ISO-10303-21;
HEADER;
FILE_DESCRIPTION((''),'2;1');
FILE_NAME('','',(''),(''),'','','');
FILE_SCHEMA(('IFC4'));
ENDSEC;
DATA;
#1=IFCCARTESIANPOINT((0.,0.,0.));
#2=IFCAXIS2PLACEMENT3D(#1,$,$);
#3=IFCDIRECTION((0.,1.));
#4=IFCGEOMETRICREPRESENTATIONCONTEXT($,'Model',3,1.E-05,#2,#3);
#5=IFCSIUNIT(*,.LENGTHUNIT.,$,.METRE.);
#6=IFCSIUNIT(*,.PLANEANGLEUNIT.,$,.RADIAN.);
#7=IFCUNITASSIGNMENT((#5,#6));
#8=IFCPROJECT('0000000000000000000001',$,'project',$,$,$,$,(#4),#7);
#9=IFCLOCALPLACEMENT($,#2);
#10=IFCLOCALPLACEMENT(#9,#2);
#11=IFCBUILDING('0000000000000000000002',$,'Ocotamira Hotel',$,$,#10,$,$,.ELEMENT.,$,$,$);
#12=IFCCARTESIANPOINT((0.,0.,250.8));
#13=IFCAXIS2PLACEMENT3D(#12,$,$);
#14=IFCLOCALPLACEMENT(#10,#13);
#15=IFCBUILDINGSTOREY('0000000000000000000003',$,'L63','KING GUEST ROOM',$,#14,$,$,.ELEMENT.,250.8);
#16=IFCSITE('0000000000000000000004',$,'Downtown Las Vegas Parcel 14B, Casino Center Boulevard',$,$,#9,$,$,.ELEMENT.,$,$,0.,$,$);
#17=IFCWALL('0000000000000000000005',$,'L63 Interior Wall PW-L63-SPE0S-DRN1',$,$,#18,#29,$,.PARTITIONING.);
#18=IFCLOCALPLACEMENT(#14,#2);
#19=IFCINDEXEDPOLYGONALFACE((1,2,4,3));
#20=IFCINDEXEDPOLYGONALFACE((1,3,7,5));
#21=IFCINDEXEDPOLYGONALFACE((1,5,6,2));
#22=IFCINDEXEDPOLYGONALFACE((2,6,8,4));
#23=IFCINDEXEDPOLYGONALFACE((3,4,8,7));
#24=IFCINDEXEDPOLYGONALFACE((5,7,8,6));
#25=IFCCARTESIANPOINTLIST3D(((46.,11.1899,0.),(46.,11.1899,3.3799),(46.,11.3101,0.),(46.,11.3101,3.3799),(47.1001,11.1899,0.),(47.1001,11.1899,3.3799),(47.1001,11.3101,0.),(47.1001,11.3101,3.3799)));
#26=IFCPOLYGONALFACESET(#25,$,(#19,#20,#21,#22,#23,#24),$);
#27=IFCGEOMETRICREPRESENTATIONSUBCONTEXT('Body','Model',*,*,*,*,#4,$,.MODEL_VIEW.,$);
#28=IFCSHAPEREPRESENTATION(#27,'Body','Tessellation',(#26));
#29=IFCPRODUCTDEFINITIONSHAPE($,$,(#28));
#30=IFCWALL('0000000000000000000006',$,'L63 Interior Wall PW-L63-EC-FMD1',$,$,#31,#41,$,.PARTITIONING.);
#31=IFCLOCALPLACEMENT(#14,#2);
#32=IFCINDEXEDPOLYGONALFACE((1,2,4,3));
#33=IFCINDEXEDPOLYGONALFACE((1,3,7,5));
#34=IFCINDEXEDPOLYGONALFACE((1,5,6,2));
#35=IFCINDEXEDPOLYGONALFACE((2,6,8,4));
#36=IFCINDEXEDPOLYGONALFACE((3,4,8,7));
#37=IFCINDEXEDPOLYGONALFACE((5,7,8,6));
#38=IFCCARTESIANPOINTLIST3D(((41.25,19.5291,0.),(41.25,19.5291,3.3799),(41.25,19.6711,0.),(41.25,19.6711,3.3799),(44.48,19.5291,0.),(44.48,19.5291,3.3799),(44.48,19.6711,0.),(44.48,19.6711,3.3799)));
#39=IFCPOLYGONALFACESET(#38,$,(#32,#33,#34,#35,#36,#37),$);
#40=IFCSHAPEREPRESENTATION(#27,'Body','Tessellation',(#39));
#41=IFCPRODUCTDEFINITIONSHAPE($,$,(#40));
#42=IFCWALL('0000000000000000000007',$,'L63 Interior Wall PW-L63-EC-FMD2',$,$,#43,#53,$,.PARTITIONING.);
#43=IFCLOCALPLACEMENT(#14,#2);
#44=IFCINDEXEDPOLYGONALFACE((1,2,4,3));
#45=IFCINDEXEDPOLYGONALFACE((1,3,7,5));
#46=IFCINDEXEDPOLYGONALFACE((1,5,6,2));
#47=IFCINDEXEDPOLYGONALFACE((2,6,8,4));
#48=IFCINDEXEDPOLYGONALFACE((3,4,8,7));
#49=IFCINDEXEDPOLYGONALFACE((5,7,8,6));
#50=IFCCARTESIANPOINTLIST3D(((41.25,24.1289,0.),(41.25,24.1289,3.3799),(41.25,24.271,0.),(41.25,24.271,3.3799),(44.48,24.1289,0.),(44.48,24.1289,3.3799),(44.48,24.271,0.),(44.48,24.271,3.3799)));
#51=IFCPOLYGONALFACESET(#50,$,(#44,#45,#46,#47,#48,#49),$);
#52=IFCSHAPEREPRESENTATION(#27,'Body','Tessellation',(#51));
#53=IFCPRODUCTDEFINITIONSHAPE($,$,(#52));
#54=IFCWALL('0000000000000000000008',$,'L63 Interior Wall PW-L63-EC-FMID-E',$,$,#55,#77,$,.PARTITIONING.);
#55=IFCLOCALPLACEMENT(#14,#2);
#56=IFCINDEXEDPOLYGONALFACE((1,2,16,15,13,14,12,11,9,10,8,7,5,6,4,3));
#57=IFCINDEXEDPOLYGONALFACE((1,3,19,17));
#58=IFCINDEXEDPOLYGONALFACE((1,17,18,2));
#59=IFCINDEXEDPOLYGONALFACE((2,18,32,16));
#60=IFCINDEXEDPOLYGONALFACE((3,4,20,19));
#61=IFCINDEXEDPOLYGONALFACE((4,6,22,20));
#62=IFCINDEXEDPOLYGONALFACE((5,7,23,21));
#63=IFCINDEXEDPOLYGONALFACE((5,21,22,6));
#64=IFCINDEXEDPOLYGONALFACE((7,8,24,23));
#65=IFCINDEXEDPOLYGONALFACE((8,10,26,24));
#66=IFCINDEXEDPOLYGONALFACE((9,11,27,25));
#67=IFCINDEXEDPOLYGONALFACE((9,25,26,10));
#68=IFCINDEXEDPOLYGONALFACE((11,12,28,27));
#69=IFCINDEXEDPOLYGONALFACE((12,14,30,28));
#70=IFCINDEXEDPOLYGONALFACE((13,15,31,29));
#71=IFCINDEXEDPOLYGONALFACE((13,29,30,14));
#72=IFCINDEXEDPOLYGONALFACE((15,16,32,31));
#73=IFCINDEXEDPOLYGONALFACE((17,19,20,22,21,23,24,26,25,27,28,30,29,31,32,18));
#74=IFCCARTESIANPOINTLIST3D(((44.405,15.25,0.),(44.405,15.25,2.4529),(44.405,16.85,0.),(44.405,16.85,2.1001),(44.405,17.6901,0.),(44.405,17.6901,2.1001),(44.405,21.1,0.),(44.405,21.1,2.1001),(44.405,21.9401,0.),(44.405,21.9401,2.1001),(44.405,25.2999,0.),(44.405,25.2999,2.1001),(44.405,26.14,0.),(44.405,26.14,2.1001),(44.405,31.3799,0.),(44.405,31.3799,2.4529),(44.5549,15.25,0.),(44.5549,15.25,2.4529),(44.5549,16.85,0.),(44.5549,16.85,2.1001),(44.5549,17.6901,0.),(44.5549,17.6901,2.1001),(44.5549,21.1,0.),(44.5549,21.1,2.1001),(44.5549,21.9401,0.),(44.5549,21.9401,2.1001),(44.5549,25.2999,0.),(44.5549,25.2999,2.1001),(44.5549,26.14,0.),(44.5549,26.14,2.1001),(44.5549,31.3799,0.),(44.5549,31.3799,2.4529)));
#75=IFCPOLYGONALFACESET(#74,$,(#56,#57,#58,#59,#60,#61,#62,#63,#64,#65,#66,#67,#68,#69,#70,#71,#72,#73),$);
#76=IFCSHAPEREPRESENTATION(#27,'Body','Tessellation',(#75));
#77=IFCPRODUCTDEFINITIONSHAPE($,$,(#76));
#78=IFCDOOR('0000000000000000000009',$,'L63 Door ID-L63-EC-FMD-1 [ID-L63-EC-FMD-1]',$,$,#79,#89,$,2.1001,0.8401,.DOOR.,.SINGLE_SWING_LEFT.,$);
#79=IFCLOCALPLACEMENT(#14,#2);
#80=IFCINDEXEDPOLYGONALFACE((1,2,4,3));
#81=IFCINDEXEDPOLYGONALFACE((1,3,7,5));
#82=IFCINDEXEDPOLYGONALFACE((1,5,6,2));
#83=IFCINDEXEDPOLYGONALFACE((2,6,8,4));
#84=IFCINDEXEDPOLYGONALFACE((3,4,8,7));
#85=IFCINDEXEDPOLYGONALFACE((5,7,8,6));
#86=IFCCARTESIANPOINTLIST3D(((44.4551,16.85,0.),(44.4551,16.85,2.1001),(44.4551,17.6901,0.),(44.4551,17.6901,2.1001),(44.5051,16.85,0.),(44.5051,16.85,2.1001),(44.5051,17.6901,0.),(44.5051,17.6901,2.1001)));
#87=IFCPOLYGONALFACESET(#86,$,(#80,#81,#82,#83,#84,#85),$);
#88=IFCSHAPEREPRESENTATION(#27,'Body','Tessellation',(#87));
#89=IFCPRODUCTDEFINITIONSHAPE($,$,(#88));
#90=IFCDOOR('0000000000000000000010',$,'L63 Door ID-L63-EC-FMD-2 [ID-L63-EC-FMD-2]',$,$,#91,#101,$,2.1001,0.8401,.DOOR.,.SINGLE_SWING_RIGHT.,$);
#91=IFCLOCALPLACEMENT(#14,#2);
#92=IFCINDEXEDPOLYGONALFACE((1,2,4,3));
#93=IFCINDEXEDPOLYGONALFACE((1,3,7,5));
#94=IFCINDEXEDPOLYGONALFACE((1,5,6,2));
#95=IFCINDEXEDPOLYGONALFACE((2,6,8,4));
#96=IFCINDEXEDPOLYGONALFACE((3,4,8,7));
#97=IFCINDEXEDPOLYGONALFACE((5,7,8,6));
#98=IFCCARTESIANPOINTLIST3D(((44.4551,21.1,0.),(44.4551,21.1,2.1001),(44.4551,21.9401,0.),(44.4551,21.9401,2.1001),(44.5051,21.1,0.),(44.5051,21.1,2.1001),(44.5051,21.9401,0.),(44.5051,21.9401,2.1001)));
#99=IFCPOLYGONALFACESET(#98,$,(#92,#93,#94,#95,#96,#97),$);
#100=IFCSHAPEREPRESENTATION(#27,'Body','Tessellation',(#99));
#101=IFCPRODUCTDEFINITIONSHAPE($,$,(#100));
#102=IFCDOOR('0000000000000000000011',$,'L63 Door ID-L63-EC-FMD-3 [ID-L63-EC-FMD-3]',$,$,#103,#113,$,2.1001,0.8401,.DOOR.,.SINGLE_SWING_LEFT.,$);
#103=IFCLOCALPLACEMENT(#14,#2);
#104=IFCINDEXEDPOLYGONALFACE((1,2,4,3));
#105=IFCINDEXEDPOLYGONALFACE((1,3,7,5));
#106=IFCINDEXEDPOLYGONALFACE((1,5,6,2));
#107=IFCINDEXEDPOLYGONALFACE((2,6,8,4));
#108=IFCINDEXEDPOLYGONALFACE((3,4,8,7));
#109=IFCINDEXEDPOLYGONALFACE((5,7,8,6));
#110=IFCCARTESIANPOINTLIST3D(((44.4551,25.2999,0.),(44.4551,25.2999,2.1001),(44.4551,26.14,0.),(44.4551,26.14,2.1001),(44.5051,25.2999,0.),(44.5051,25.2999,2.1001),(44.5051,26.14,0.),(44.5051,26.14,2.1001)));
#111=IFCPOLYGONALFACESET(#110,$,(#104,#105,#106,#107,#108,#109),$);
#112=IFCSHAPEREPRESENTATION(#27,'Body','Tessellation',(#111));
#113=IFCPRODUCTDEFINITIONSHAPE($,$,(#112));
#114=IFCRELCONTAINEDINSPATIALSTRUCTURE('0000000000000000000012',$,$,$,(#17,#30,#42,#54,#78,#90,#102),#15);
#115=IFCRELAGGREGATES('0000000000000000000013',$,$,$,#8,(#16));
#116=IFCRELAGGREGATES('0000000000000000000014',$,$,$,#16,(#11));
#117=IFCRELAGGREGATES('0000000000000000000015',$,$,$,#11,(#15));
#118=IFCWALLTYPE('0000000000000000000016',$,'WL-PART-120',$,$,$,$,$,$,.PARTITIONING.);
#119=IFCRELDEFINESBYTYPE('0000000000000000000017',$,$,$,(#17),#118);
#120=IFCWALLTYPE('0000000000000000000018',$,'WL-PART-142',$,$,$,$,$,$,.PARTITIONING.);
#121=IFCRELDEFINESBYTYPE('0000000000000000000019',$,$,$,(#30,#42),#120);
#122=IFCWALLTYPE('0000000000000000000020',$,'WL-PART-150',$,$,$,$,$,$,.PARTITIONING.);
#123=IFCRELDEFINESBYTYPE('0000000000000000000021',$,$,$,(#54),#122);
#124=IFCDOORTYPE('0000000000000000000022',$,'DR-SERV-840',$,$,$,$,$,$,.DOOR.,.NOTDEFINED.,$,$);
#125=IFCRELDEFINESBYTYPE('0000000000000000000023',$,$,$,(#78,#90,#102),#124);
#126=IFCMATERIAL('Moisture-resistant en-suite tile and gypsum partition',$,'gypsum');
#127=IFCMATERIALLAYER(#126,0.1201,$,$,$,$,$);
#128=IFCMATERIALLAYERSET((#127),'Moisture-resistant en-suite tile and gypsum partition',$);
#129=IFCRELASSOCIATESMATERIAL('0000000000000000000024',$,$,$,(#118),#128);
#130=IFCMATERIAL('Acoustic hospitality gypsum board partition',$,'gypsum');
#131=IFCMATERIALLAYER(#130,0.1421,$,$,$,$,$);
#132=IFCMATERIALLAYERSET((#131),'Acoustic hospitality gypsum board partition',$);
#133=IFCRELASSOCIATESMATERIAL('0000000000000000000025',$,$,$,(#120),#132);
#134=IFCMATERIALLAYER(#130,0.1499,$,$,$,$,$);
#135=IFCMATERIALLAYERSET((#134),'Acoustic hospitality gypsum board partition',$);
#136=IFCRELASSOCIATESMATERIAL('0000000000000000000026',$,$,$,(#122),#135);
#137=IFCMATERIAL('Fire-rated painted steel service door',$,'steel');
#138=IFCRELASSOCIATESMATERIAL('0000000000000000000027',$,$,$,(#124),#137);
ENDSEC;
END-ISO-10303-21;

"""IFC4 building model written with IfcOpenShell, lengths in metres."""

from ifc_helpers import new_model, si_unit, direction, frame, frame_2d, origin, place, context, subcontext, project, spatial, rectangle, extrude, source, transform, mapped, material, layer, layer_set, type_object, element, fill, save


model = new_model("IFC4")

# Units and contexts
model_context = context("Model", 3, precision=1e-05, world=origin(), true_north=direction((0.0, 1.0)))
body_context = subcontext(model_context, "Body", "Model", "MODEL_VIEW")
ifc_project = project(units=[si_unit("LENGTHUNIT", "METRE"), si_unit("PLANEANGLEUNIT", "RADIAN")], contexts=[model_context])

# Site, building, storey
site_placement = place(None, origin())
site = spatial("IfcSite", under=ifc_project, at=site_placement, Name="Downtown Las Vegas Parcel 14B, Casino Center Boulevard", CompositionType="ELEMENT", RefElevation=0.0)
building_placement = place(site_placement, origin())
building = spatial("IfcBuilding", under=site, at=building_placement, Name="Ocotamira Hotel", CompositionType="ELEMENT")
storey_placement = place(building_placement, frame((0.0, 0.0, 250.8)))
storey = spatial("IfcBuildingStorey", under=building, at=storey_placement, Name="L63", Description="KING GUEST ROOM", CompositionType="ELEMENT", Elevation=250.8)

# Shared definitions
ifc_material_1 = material(Name="Moisture-resistant en-suite tile and gypsum partition", Category="gypsum")
ifc_layer_1 = layer(ifc_material_1, 0.1201)
ifc_layer_set_1 = layer_set([ifc_layer_1], Name="Moisture-resistant en-suite tile and gypsum partition")
wall_type_1 = type_object("IfcWallType", Name="WL-PART-120", PredefinedType="PARTITIONING", material=ifc_layer_set_1)

# Walls
wall_1_placement = place(storey_placement, frame((46.0, 11.25, 0.0), z_axis=(0.0, 0.0, 1.0), x_axis=(1.0, 0.0, 0.0)))
element("IfcWall", 1, at=wall_1_placement, inside=storey, type_object=wall_type_1, Name="L63 Interior Wall PW-L63-SPE0S-DRN1", PredefinedType="PARTITIONING", context=body_context, shape_type="SweptSolid", body=[
    extrude(rectangle(XDim=1.1001, YDim=0.1201, at=frame_2d((0.55, 0.0))), origin(), (0.0, 0.0, 1.0), 3.3799),
])
ifc_material_2 = material(Name="Acoustic hospitality gypsum board partition", Category="gypsum")
ifc_layer_2 = layer(ifc_material_2, 0.1421)
ifc_layer_set_2 = layer_set([ifc_layer_2], Name="Acoustic hospitality gypsum board partition")
wall_type_2 = type_object("IfcWallType", Name="WL-PART-142", PredefinedType="PARTITIONING", material=ifc_layer_set_2)
for number, where, z_axis, x_axis, name in (
    (2, (41.25, 19.6001, 0.0), (0.0, 0.0, 1.0), (1.0, 0.0, 0.0), "L63 Interior Wall PW-L63-EC-FMD1"),
    (3, (41.25, 24.2, 0.0), (0.0, 0.0, 1.0), (1.0, 0.0, 0.0), "L63 Interior Wall PW-L63-EC-FMD2"),
):
    element("IfcWall", number, at=place(storey_placement, frame(where, z_axis=z_axis, x_axis=x_axis)), inside=storey, type_object=wall_type_2, Name=name, PredefinedType="PARTITIONING", context=body_context, shape_type="SweptSolid", body=[
        extrude(rectangle(XDim=3.23, YDim=0.1421, at=frame_2d((1.615, 0.0))), origin(), (0.0, 0.0, 1.0), 3.3799),
    ])

# Wall, openings, doors
ifc_layer_3 = layer(ifc_material_2, 0.1499)
ifc_layer_set_3 = layer_set([ifc_layer_3], Name="Acoustic hospitality gypsum board partition")
wall_type_3 = type_object("IfcWallType", Name="WL-PART-150", PredefinedType="PARTITIONING", material=ifc_layer_set_3)
wall_2_placement = place(storey_placement, frame((44.48, 15.25, 0.0), z_axis=(0.0, 0.0, 1.0), x_axis=(0.0, 1.0, 0.0)))
wall_2 = element("IfcWall", 4, at=wall_2_placement, inside=storey, type_object=wall_type_3, Name="L63 Interior Wall PW-L63-EC-FMID-E", PredefinedType="PARTITIONING", context=body_context, shape_type="SweptSolid", body=[
    extrude(rectangle(XDim=16.1299, YDim=0.1499, at=frame_2d((8.0649, 0.0))), origin(), (0.0, 0.0, 1.0), 2.4529),
])
opening_1_placement = place(wall_2_placement, frame((1.6001, 0.0, 0.0)))
opening_1 = element("IfcOpeningElement", 5, at=opening_1_placement, cuts=wall_2, PredefinedType="OPENING", context=body_context, shape_type="SweptSolid", body=[
    extrude(rectangle(XDim=0.8401, YDim=2.1001, at=frame_2d((0.4199, 1.05))), frame((0.0, 0.085, 0.0), z_axis=(0.0, -1.0, 0.0), x_axis=(1.0, 0.0, 0.0)), (0.0, 0.0, 1.0), 0.1699),
])
opening_2_placement = place(wall_2_placement, frame((5.8501, 0.0, 0.0)))
opening_2 = element("IfcOpeningElement", 6, at=opening_2_placement, cuts=wall_2, PredefinedType="OPENING", context=body_context, shape_type="SweptSolid", body=[
    extrude(rectangle(XDim=0.8401, YDim=2.1001, at=frame_2d((0.4199, 1.05))), frame((0.0, 0.085, 0.0), z_axis=(0.0, -1.0, 0.0), x_axis=(1.0, 0.0, 0.0)), (0.0, 0.0, 1.0), 0.1699),
])
opening_3_placement = place(wall_2_placement, frame((10.05, 0.0, 0.0)))
opening_3 = element("IfcOpeningElement", 7, at=opening_3_placement, cuts=wall_2, PredefinedType="OPENING", context=body_context, shape_type="SweptSolid", body=[
    extrude(rectangle(XDim=0.8401, YDim=2.1001, at=frame_2d((0.4199, 1.05))), frame((0.0, 0.085, 0.0), z_axis=(0.0, -1.0, 0.0), x_axis=(1.0, 0.0, 0.0)), (0.0, 0.0, 1.0), 0.1699),
])
ifc_material_3 = material(Name="Fire-rated painted steel service door", Category="steel")
door_type_1 = type_object("IfcDoorType", Name="DR-SERV-840", OperationType="NOTDEFINED", PredefinedType="DOOR", material=ifc_material_3)
shared_shape_1 = source(origin(), body_context, "Body", "SweptSolid", [
    extrude(rectangle(XDim=0.8401, YDim=2.1001, at=frame_2d((0.4199, 1.05))), frame((0.0, 0.0249, 0.0), z_axis=(0.0, -1.0, 0.0), x_axis=(1.0, 0.0, 0.0)), (0.0, 0.0, 1.0), 0.05),
])
door_1_placement = place(opening_1_placement, origin())
door_1 = element("IfcDoor", 8, at=door_1_placement, inside=storey, type_object=door_type_1, Name="L63 Door ID-L63-EC-FMD-1 [ID-L63-EC-FMD-1]", OperationType="SINGLE_SWING_LEFT", OverallHeight=2.1001, OverallWidth=0.8401, PredefinedType="DOOR", context=body_context, shape_type="MappedRepresentation", body=[
    mapped(shared_shape_1, transform((0.0, 0.0, 0.0), scale=1.0)),
])
fill(opening_1, door_1)
door_2_placement = place(opening_2_placement, origin())
door_2 = element("IfcDoor", 9, at=door_2_placement, inside=storey, type_object=door_type_1, Name="L63 Door ID-L63-EC-FMD-2 [ID-L63-EC-FMD-2]", OperationType="SINGLE_SWING_RIGHT", OverallHeight=2.1001, OverallWidth=0.8401, PredefinedType="DOOR", context=body_context, shape_type="MappedRepresentation", body=[
    mapped(shared_shape_1, transform((0.0, 0.0, 0.0), scale=1.0)),
])
fill(opening_2, door_2)
door_3_placement = place(opening_3_placement, origin())
door_3 = element("IfcDoor", 10, at=door_3_placement, inside=storey, type_object=door_type_1, Name="L63 Door ID-L63-EC-FMD-3 [ID-L63-EC-FMD-3]", OperationType="SINGLE_SWING_LEFT", OverallHeight=2.1001, OverallWidth=0.8401, PredefinedType="DOOR", context=body_context, shape_type="MappedRepresentation", body=[
    mapped(shared_shape_1, transform((0.0, 0.0, 0.0), scale=1.0)),
])
fill(opening_3, door_3)

save(model, "model.ifc")
